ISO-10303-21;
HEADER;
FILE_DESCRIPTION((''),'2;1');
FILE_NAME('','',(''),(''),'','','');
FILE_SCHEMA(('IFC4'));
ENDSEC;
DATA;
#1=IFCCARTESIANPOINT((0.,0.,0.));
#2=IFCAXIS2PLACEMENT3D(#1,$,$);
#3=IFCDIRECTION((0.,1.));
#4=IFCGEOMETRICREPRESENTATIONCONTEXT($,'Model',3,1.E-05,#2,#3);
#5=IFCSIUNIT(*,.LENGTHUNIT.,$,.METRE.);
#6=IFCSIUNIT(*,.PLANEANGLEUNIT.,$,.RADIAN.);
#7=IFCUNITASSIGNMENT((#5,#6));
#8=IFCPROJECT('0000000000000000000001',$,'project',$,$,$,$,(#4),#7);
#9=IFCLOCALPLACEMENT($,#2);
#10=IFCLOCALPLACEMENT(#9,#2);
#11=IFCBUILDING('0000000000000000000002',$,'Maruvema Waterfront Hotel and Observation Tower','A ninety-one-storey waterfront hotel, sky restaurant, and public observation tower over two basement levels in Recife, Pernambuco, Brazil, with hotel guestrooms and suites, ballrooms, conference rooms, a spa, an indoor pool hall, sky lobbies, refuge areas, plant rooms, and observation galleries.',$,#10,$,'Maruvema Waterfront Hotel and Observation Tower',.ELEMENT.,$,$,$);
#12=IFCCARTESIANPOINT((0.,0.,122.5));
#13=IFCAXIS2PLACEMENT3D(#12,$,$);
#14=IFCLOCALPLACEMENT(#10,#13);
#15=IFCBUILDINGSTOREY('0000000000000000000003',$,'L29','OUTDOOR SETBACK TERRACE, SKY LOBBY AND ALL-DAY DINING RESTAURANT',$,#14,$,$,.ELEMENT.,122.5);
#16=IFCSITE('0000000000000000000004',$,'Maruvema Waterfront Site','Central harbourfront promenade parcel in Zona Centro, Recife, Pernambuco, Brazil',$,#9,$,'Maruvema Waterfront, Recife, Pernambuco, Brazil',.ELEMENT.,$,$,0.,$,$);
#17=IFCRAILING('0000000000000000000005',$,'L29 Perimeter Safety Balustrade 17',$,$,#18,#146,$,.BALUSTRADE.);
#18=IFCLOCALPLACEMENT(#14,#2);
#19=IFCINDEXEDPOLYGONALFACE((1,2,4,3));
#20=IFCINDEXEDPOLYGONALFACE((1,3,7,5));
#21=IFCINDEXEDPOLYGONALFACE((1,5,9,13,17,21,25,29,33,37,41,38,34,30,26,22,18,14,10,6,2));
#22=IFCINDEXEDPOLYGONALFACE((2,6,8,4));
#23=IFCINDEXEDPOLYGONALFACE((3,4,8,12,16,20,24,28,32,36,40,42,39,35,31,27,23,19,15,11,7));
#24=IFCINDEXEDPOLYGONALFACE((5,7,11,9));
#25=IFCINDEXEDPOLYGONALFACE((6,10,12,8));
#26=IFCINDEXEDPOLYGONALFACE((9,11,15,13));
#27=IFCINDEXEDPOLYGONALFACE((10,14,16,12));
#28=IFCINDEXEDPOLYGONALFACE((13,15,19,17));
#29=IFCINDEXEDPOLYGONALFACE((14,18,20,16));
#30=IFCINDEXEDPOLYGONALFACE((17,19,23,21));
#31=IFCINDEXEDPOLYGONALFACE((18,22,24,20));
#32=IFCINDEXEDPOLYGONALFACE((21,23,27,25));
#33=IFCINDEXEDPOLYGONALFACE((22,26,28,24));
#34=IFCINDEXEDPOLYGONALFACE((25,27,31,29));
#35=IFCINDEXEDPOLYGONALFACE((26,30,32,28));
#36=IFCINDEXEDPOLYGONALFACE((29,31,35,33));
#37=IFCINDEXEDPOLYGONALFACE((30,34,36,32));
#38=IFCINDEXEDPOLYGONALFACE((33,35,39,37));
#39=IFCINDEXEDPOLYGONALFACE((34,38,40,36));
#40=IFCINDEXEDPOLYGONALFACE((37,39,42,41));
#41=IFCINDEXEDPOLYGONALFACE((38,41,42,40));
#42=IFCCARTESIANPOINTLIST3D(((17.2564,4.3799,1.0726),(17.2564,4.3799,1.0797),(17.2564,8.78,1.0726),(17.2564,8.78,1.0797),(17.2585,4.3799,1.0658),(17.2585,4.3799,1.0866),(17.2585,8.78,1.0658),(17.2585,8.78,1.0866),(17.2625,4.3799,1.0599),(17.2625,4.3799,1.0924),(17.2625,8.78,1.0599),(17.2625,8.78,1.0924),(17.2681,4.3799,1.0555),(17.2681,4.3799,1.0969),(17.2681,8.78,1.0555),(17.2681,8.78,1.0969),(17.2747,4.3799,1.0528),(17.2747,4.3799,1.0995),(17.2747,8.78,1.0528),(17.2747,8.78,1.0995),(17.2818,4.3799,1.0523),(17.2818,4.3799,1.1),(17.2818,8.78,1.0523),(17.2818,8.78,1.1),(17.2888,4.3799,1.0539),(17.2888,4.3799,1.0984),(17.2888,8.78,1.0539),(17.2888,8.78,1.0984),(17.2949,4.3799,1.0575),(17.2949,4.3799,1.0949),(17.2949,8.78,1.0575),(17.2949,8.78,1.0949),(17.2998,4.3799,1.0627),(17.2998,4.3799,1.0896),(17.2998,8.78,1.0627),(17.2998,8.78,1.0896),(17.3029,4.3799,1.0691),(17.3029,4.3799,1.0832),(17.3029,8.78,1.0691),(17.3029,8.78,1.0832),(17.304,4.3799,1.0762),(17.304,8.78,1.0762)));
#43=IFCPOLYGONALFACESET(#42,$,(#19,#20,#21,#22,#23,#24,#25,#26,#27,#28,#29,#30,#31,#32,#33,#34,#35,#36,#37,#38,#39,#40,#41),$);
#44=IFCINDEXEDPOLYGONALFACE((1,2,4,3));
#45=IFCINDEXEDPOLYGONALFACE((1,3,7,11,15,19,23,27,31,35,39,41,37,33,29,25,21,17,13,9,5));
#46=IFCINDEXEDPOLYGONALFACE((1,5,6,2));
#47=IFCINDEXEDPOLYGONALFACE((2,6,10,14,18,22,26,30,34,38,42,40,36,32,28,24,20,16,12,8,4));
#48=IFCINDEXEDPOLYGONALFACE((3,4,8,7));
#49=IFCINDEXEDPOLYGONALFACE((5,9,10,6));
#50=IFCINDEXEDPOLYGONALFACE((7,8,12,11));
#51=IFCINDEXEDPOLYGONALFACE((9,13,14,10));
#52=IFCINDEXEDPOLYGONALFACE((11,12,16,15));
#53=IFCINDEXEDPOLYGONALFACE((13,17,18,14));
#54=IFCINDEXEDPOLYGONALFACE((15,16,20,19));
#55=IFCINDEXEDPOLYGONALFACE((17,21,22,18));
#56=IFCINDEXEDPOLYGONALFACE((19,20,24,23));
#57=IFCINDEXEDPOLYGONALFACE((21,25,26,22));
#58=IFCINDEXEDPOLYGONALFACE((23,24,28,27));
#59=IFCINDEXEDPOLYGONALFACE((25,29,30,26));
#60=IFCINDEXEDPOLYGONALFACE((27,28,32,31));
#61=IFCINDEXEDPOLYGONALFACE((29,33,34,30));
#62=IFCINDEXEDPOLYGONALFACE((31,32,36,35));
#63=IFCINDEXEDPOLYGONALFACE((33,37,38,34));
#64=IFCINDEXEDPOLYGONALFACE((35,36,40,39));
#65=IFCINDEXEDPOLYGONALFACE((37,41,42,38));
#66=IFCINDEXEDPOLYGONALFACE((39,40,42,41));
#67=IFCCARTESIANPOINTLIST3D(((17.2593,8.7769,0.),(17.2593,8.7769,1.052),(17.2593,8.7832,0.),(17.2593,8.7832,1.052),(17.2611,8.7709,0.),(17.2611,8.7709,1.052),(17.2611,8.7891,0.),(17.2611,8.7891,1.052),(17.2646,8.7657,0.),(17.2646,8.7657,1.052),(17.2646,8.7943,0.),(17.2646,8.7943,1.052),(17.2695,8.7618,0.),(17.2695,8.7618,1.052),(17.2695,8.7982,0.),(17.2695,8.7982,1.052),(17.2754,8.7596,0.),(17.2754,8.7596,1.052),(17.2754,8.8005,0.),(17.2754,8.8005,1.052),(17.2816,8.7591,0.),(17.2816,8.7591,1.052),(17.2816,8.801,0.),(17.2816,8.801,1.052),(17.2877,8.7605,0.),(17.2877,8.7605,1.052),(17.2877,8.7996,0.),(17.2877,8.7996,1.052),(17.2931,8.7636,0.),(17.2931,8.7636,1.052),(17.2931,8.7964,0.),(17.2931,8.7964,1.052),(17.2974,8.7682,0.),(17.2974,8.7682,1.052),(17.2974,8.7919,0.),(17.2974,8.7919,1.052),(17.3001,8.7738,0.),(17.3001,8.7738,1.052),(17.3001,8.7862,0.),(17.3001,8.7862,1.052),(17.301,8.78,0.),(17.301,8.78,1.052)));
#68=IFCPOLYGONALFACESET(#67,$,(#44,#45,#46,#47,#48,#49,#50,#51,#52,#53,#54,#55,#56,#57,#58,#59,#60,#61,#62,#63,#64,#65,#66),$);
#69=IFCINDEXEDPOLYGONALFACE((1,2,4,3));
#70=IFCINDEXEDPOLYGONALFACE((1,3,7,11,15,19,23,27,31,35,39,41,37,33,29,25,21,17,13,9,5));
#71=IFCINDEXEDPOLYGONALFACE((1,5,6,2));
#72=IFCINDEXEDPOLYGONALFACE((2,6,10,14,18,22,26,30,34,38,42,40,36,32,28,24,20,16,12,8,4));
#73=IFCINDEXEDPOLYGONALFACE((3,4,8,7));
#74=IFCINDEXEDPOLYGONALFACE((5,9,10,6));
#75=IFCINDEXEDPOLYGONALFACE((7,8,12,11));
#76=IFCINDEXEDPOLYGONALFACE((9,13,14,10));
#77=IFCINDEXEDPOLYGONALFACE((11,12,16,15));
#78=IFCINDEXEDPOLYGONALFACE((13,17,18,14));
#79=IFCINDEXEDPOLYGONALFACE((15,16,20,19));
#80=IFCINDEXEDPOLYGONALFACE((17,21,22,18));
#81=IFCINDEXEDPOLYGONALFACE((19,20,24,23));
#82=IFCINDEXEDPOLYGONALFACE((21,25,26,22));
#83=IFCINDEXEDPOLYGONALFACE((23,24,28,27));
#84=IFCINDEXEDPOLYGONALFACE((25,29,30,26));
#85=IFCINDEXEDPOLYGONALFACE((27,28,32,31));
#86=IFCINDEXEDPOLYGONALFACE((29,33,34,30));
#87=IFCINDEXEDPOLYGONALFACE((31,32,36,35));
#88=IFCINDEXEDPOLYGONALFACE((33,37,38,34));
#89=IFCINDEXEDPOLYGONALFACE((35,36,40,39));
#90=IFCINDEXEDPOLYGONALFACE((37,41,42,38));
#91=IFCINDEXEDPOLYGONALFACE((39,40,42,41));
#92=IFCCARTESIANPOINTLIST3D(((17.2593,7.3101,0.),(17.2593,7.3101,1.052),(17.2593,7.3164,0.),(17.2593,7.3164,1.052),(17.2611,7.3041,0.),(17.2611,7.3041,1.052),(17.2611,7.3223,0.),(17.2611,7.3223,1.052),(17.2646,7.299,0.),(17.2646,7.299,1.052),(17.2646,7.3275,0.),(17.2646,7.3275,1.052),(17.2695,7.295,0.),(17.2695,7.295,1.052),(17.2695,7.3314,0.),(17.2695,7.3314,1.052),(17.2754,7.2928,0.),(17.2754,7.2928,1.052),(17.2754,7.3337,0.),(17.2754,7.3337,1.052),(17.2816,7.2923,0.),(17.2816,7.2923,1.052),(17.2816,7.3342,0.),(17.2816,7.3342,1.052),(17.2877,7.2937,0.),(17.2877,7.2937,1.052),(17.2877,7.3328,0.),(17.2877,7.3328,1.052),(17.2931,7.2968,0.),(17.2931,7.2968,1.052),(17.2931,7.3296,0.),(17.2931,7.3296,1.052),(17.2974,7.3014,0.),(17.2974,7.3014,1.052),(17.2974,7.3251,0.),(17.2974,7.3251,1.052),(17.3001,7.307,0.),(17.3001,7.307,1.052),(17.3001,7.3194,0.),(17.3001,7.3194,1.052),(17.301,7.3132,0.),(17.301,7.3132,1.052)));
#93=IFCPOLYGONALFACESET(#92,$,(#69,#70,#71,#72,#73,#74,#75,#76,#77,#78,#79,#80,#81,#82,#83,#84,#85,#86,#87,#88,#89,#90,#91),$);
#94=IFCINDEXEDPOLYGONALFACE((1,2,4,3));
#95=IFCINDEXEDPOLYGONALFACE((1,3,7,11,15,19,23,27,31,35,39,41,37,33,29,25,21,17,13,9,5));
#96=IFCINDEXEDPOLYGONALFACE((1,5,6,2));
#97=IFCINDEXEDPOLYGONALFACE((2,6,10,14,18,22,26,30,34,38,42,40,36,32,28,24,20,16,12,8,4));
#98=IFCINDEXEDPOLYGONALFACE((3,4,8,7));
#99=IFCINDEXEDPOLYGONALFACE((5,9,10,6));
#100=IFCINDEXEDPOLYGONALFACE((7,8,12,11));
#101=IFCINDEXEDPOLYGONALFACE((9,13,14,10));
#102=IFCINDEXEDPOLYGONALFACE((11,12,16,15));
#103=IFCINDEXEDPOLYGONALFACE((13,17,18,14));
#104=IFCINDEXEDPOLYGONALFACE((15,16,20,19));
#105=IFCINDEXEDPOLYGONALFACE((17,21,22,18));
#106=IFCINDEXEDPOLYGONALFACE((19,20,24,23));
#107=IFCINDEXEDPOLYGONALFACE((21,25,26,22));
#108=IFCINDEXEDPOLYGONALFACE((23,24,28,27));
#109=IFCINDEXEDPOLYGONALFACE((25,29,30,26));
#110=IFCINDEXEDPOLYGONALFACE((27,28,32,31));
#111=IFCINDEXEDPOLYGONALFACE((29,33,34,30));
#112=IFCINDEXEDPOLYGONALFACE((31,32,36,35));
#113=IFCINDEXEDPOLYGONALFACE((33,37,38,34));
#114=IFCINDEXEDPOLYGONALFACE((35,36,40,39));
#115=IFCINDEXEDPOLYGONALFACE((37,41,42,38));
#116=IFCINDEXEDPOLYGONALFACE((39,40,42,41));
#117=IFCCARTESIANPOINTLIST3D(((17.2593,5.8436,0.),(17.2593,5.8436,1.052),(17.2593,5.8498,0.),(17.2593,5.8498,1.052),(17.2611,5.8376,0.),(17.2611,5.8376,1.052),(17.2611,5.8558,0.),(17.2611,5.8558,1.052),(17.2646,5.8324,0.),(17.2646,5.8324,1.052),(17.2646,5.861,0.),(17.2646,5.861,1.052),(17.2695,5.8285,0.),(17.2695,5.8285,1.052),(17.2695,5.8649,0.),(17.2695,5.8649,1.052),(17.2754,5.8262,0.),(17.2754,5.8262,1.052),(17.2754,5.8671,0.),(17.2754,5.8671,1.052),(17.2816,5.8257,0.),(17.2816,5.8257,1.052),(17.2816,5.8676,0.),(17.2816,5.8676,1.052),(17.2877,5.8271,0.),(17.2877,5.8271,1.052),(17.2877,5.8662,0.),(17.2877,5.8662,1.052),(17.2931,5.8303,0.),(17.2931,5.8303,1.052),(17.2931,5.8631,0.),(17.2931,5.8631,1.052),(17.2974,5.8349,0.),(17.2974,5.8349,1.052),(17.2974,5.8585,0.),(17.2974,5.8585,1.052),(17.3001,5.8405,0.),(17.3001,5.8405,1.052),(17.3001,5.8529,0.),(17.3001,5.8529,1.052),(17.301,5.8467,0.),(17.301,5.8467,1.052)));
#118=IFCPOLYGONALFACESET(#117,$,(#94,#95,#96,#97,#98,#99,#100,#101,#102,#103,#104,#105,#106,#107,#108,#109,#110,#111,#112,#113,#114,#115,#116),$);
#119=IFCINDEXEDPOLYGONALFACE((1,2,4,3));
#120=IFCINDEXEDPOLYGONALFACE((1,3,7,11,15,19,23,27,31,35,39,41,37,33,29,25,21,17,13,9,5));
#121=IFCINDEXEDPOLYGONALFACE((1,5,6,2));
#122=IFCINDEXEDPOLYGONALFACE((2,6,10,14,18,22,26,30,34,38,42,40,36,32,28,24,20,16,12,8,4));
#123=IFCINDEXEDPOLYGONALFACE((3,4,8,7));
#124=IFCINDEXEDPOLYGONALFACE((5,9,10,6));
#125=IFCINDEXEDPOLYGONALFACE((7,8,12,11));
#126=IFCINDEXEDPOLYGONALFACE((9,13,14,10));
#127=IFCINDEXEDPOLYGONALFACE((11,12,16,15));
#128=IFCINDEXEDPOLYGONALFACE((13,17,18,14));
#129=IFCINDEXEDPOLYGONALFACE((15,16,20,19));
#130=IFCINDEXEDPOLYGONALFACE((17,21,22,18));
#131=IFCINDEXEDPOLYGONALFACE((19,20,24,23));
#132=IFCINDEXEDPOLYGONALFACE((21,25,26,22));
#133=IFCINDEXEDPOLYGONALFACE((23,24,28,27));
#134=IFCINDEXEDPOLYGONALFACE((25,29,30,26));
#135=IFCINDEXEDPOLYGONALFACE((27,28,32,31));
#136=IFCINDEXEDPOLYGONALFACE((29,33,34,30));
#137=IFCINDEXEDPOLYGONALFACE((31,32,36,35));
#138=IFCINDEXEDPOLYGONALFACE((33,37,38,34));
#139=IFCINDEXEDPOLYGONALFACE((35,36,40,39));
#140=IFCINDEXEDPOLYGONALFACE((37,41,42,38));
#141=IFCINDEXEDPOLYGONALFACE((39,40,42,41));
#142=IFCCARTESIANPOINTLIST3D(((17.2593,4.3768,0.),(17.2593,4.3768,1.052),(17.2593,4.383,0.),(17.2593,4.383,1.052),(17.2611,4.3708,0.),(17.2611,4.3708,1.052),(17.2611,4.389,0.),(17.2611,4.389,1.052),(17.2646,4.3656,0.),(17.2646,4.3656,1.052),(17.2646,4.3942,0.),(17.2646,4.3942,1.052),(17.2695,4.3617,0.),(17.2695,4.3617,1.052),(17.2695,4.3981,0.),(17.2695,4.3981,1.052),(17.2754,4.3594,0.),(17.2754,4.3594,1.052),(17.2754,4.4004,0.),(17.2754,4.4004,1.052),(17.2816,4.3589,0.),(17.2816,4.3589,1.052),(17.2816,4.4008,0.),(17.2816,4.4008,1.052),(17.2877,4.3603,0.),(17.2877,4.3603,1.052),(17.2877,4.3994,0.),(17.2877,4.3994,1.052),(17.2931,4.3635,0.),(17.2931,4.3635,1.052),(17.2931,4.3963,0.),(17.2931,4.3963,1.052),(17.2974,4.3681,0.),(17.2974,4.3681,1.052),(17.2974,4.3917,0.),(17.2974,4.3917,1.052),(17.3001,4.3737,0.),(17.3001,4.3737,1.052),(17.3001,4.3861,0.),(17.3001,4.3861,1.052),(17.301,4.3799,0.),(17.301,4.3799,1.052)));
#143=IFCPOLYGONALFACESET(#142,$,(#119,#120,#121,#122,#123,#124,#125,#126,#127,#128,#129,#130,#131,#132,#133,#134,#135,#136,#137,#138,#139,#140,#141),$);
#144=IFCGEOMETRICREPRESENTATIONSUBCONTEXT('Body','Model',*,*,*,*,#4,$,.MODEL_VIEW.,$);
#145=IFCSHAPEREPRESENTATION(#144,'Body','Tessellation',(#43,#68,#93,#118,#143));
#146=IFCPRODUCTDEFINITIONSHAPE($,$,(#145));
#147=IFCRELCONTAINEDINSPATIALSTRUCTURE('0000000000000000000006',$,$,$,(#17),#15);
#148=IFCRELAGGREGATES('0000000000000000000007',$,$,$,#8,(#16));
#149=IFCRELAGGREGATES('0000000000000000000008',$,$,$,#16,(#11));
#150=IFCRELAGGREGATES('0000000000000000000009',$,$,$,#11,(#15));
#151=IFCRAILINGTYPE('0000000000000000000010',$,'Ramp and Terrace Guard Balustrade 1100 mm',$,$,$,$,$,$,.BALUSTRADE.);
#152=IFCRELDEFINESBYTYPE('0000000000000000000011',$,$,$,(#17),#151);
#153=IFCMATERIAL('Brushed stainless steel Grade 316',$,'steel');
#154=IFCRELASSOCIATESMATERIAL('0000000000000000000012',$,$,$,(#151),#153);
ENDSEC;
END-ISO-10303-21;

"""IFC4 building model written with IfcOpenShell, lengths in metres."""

from ifc_helpers import new_model, si_unit, direction, frame, origin, origin_2d, place, context, subcontext, project, spatial, circle, extrude, material, type_object, element, save


model = new_model("IFC4")

# Units and contexts
model_context = context("Model", 3, precision=1e-05, world=origin(), true_north=direction((0.0, 1.0)))
body_context = subcontext(model_context, "Body", "Model", "MODEL_VIEW")
ifc_project = project(units=[si_unit("LENGTHUNIT", "METRE"), si_unit("PLANEANGLEUNIT", "RADIAN")], contexts=[model_context])

# Site, building, storey
site_placement = place(None, origin())
site = spatial("IfcSite", under=ifc_project, at=site_placement, Name="Maruvema Waterfront Site", Description="Central harbourfront promenade parcel in Zona Centro, Recife, Pernambuco, Brazil", LongName="Maruvema Waterfront, Recife, Pernambuco, Brazil", CompositionType="ELEMENT", RefElevation=0.0)
building_placement = place(site_placement, origin())
building = spatial("IfcBuilding", under=site, at=building_placement, Name="Maruvema Waterfront Hotel and Observation Tower", Description="A ninety-one-storey waterfront hotel, sky restaurant, and public observation tower over two basement levels in Recife, Pernambuco, Brazil, with hotel guestrooms and suites, ballrooms, conference rooms, a spa, an indoor pool hall, sky lobbies, refuge areas, plant rooms, and observation galleries.", LongName="Maruvema Waterfront Hotel and Observation Tower", CompositionType="ELEMENT")
storey_placement = place(building_placement, frame((0.0, 0.0, 122.5)))
storey = spatial("IfcBuildingStorey", under=building, at=storey_placement, Name="L29", Description="OUTDOOR SETBACK TERRACE, SKY LOBBY AND ALL-DAY DINING RESTAURANT", CompositionType="ELEMENT", Elevation=122.5)

# Railing
ifc_material_1 = material(Name="Brushed stainless steel Grade 316", Category="steel")
railing_type = type_object("IfcRailingType", Name="Ramp and Terrace Guard Balustrade 1100 mm", PredefinedType="BALUSTRADE", material=ifc_material_1)
railing_1_placement = place(storey_placement, frame((17.28, 8.78, 0.0)))
element("IfcRailing", 1, at=railing_1_placement, inside=storey, type_object=railing_type, Name="L29 Perimeter Safety Balustrade 17", PredefinedType="BALUSTRADE", context=body_context, shape_type="SweptSolid", body=[
    extrude(circle(Radius=0.0239, at=origin_2d()), frame((0.0, 0.0, 1.0762), z_axis=(0.0, -1.0, 0.0), x_axis=(1.0, 0.0, 0.0)), (0.0, 0.0, 1.0), 4.4001),
    extrude(circle(Radius=0.021, at=origin_2d()), origin(), (0.0, 0.0, 1.0), 1.052),
    extrude(circle(Radius=0.021, at=origin_2d()), frame((0.0, -1.4668, 0.0)), (0.0, 0.0, 1.0), 1.052),
    extrude(circle(Radius=0.021, at=origin_2d()), frame((0.0, -2.9333, 0.0)), (0.0, 0.0, 1.0), 1.052),
    extrude(circle(Radius=0.021, at=origin_2d()), frame((0.0, -4.4001, 0.0)), (0.0, 0.0, 1.0), 1.052),
])

save(model, "model.ifc")
